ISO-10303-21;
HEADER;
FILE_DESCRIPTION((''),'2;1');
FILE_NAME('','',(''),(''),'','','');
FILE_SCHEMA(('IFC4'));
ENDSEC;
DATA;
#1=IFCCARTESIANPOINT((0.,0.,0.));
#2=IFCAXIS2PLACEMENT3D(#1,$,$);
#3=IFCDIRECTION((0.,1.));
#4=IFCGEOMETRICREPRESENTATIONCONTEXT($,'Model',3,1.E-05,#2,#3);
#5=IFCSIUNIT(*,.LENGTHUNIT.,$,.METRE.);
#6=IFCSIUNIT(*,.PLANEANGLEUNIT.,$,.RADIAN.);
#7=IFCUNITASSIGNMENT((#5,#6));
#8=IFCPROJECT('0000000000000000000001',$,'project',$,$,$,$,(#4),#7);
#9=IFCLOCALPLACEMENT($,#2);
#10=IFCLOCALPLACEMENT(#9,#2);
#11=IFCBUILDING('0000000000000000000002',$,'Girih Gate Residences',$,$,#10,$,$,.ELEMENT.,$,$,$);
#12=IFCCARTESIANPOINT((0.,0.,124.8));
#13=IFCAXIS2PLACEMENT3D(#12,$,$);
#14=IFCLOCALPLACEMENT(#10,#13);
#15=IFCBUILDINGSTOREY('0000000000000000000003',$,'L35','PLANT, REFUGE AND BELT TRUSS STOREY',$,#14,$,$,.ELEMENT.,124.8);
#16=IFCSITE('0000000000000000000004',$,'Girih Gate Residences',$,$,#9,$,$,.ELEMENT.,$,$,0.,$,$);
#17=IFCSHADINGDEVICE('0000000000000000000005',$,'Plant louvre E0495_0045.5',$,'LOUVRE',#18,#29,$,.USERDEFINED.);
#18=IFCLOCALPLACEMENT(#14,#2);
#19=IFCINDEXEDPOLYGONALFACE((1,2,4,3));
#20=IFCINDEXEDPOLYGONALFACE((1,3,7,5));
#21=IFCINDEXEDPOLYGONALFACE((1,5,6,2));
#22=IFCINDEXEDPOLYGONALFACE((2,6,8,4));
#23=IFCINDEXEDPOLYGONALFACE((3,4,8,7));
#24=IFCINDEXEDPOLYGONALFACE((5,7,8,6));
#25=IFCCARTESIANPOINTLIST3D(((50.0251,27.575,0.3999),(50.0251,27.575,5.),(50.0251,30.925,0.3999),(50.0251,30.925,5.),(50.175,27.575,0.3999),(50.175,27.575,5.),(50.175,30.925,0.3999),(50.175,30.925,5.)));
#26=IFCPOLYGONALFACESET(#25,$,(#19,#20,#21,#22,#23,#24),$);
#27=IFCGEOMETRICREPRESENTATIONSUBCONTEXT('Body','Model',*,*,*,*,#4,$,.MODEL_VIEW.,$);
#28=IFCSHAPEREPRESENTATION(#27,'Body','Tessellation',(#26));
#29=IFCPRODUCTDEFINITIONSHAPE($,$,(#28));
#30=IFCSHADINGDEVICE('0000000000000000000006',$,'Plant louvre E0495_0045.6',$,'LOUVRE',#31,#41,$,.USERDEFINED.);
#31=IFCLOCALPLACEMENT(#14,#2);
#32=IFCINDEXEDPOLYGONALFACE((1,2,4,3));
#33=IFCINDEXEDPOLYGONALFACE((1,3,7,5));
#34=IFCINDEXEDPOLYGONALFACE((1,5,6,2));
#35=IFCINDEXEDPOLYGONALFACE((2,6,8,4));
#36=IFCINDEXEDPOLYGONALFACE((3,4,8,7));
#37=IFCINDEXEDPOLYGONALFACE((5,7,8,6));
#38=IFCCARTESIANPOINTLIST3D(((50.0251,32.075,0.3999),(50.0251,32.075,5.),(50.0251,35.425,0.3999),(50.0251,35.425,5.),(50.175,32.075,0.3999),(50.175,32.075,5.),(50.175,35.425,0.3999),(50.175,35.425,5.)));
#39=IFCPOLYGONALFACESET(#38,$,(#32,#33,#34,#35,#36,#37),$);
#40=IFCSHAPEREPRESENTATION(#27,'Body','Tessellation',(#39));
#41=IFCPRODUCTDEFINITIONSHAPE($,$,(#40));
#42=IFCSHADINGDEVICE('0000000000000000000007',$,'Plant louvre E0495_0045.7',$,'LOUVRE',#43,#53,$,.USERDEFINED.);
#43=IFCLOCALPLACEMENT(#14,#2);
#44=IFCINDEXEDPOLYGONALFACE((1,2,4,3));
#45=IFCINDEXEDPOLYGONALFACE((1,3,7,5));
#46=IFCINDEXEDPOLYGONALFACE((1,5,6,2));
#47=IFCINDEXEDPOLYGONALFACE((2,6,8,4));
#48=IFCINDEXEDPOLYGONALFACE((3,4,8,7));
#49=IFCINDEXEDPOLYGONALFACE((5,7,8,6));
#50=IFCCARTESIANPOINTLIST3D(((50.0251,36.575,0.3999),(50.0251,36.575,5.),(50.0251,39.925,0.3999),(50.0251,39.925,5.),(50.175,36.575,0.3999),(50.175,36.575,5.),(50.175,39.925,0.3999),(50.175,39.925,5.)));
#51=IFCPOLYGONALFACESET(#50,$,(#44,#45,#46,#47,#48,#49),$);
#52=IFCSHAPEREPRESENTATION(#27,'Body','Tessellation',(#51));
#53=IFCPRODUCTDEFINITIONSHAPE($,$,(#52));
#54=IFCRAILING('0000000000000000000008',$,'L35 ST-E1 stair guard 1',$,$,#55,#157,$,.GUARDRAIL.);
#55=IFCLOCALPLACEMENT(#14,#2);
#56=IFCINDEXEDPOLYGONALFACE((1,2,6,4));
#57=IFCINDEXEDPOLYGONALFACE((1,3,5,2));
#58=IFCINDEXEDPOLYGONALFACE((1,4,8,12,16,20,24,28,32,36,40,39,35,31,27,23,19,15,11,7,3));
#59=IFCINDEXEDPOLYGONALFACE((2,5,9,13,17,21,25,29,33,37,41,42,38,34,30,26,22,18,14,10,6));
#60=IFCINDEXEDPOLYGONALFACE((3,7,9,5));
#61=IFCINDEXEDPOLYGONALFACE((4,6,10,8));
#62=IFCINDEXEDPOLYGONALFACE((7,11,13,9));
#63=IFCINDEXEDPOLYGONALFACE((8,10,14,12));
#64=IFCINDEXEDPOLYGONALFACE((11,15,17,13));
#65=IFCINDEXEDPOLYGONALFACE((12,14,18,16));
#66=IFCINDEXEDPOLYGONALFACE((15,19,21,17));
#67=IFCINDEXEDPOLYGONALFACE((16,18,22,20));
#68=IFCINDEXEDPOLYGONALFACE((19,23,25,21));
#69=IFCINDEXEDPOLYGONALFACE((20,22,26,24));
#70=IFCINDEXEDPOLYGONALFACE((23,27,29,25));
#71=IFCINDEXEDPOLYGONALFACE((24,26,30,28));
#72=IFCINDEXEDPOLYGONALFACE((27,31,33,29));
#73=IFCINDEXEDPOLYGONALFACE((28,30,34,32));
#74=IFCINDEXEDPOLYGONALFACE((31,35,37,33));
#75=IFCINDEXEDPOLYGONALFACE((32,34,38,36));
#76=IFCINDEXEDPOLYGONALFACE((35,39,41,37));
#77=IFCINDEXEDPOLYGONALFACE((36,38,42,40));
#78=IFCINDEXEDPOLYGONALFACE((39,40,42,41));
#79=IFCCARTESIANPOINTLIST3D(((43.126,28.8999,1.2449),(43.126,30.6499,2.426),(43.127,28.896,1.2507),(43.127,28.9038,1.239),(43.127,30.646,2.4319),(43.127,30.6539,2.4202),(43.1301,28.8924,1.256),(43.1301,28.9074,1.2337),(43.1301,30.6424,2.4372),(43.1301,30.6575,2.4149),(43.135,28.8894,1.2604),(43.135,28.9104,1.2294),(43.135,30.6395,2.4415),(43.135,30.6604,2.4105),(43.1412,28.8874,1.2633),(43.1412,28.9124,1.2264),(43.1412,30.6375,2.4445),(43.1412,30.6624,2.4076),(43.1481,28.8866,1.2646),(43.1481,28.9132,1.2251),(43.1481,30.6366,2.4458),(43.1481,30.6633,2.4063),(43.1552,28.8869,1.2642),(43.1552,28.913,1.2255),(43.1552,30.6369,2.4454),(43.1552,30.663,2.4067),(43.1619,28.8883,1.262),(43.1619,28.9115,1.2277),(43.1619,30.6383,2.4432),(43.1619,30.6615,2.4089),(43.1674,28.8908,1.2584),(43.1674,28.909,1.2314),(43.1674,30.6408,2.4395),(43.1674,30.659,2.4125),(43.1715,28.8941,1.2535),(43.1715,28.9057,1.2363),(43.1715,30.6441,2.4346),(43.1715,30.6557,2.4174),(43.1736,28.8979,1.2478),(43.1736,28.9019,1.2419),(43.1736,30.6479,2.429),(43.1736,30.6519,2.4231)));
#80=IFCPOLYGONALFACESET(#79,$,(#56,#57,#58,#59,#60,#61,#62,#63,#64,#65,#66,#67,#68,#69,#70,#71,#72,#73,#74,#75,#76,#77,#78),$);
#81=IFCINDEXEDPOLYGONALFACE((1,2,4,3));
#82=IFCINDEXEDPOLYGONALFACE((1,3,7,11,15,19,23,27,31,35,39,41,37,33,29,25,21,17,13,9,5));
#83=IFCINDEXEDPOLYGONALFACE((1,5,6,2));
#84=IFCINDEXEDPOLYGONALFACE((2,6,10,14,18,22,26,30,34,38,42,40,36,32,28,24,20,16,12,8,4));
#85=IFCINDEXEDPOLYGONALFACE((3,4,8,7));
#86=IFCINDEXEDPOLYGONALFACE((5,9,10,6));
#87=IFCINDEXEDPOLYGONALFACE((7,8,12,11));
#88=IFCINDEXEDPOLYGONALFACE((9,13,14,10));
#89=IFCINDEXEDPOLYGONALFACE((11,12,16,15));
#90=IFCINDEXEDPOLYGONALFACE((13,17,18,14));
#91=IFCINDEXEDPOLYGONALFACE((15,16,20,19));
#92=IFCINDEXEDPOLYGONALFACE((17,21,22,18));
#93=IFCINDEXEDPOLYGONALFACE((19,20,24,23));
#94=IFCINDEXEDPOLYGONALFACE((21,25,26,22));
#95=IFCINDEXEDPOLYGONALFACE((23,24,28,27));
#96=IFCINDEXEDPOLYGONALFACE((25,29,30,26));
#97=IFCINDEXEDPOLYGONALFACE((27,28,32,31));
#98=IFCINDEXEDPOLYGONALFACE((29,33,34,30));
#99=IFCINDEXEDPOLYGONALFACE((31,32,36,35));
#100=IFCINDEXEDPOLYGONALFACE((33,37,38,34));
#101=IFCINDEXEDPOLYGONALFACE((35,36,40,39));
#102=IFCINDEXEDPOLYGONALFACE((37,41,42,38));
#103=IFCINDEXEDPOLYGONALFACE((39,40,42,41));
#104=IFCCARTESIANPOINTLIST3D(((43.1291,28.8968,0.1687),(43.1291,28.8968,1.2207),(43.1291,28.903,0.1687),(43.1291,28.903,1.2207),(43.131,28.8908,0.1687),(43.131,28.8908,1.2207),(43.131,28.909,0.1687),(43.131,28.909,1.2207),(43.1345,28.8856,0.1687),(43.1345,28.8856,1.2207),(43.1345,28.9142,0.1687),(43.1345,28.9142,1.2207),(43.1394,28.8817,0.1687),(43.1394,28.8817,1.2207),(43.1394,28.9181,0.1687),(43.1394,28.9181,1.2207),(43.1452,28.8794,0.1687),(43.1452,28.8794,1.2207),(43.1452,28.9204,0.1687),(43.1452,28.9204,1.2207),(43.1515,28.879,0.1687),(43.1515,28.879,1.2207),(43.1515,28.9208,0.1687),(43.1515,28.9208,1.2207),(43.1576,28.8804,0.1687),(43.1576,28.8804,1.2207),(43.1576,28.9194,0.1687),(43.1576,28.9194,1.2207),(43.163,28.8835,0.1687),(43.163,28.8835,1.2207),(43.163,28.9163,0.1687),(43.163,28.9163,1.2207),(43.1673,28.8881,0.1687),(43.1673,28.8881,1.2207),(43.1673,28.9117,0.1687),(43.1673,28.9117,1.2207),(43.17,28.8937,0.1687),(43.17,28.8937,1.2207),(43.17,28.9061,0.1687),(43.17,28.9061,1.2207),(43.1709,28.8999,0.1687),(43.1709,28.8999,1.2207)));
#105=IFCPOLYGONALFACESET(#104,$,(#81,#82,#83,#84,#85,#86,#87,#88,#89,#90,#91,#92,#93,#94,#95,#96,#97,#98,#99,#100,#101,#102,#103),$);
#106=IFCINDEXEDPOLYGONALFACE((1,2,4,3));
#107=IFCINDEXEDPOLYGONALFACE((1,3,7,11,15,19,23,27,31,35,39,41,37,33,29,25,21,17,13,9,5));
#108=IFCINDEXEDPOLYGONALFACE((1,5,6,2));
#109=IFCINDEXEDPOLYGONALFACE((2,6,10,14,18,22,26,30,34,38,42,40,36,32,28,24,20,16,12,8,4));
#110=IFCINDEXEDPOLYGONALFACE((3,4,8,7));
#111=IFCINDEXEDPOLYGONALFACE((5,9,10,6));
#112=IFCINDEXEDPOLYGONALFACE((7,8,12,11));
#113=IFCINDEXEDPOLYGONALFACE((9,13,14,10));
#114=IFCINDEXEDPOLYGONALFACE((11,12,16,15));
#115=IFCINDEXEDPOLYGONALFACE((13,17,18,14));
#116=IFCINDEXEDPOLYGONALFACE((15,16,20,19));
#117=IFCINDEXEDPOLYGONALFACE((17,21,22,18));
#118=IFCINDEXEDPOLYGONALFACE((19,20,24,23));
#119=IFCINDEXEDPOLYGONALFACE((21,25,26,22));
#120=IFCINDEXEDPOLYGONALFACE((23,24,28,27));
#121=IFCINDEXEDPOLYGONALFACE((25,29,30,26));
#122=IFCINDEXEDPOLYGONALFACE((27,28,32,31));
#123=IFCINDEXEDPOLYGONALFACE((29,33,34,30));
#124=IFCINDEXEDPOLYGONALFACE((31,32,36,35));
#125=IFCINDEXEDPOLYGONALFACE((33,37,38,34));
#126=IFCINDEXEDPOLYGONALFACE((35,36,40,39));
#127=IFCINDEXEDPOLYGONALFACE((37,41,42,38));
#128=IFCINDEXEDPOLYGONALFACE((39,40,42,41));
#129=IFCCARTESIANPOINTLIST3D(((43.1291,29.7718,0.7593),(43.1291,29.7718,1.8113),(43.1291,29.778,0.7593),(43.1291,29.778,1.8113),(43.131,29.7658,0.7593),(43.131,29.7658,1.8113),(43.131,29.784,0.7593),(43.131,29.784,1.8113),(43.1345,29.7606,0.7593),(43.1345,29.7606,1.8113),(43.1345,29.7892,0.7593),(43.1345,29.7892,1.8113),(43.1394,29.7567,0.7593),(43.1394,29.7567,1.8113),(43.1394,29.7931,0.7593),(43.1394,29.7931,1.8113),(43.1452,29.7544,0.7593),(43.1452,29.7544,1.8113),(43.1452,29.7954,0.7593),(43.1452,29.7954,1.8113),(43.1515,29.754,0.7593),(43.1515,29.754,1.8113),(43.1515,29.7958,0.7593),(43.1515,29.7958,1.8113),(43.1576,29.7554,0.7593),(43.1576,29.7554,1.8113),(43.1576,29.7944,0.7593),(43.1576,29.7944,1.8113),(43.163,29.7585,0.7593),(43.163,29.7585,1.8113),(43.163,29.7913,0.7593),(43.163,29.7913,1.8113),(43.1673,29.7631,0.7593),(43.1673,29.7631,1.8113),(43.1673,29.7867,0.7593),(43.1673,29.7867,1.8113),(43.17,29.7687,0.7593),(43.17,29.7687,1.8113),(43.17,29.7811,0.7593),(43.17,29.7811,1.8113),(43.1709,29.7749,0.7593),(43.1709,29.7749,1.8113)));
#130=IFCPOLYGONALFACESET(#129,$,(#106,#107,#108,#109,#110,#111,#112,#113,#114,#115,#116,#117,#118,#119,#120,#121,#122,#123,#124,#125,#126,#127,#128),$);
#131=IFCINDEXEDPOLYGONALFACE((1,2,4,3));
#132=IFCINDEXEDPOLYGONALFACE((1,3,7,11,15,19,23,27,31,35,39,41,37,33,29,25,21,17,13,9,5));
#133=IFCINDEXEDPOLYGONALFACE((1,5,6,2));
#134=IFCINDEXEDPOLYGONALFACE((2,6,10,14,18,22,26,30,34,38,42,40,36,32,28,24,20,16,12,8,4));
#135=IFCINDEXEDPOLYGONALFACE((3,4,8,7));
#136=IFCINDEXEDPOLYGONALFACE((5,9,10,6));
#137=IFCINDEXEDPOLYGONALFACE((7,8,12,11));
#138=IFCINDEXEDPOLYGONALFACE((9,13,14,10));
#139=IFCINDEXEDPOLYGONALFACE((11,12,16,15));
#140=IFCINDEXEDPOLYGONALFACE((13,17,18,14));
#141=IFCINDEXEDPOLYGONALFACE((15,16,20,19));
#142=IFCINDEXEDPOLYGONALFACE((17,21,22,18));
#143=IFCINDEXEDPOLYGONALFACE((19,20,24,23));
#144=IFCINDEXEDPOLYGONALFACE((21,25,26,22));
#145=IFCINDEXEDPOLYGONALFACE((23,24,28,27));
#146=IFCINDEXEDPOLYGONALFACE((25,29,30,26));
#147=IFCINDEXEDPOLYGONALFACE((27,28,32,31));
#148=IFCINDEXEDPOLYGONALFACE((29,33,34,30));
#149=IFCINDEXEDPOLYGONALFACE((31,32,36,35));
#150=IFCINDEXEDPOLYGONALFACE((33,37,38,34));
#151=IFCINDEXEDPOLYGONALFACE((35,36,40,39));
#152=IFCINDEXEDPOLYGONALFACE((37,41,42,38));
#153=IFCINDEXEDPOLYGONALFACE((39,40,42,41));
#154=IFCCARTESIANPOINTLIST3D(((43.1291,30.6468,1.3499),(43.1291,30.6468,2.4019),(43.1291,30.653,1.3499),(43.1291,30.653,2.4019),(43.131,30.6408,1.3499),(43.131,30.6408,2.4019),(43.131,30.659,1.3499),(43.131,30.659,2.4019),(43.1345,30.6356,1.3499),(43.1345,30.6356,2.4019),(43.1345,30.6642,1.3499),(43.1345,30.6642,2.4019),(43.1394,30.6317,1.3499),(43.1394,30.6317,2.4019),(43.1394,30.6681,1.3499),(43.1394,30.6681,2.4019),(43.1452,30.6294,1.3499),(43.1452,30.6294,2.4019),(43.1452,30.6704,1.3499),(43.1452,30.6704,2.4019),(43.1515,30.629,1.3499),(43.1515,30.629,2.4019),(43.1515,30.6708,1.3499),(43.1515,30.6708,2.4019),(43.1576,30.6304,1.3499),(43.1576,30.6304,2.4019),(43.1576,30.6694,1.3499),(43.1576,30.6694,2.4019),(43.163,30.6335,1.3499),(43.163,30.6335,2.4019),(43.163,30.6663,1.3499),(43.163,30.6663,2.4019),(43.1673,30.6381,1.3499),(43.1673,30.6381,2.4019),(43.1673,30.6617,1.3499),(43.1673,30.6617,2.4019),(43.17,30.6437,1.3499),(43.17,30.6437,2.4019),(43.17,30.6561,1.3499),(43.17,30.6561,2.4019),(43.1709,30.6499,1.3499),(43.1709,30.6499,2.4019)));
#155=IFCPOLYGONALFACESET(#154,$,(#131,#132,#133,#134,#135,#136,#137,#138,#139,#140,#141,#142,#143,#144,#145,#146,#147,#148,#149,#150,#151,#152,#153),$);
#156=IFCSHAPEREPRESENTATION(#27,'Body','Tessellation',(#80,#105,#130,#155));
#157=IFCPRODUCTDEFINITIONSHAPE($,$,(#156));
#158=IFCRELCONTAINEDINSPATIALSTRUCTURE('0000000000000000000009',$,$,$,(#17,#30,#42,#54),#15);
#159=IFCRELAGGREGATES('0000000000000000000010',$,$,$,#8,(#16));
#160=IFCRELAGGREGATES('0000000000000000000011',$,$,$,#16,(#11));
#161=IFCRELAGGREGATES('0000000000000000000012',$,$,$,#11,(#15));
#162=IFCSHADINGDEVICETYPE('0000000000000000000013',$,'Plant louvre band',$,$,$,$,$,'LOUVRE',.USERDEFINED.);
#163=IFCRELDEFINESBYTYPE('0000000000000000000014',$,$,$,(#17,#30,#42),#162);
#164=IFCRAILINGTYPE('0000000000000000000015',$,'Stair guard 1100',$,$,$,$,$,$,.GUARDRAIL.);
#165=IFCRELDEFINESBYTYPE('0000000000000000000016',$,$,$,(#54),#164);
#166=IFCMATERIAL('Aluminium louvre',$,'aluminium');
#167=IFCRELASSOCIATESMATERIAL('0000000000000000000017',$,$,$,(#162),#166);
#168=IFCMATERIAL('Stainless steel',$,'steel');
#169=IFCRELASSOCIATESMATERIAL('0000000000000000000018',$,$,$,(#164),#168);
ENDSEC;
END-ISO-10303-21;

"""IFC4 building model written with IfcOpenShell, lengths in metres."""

from ifc_helpers import new_model, si_unit, direction, frame, origin, origin_2d, place, context, subcontext, project, spatial, rectangle, circle, extrude, material, type_object, element, save


model = new_model("IFC4")

# Units and contexts
model_context = context("Model", 3, precision=1e-05, world=origin(), true_north=direction((0.0, 1.0)))
body_context = subcontext(model_context, "Body", "Model", "MODEL_VIEW")
ifc_project = project(units=[si_unit("LENGTHUNIT", "METRE"), si_unit("PLANEANGLEUNIT", "RADIAN")], contexts=[model_context])

# Site, building, storey
site_placement = place(None, origin())
site = spatial("IfcSite", under=ifc_project, at=site_placement, Name="Girih Gate Residences", CompositionType="ELEMENT", RefElevation=0.0)
building_placement = place(site_placement, origin())
building = spatial("IfcBuilding", under=site, at=building_placement, Name="Girih Gate Residences", CompositionType="ELEMENT")
storey_placement = place(building_placement, frame((0.0, 0.0, 124.8)))
storey = spatial("IfcBuildingStorey", under=building, at=storey_placement, Name="L35", Description="PLANT, REFUGE AND BELT TRUSS STOREY", CompositionType="ELEMENT", Elevation=124.8)

# Shading devices
ifc_material_1 = material(Name="Aluminium louvre", Category="aluminium")
shading_device_type = type_object("IfcShadingDeviceType", Name="Plant louvre band", ElementType="LOUVRE", PredefinedType="USERDEFINED", material=ifc_material_1)
for number, where, z_axis, x_axis, name in (
    (1, (50.1001, 29.25, 0.3999), (0.0, 0.0, 1.0), (0.0, 1.0, 0.0), "Plant louvre E0495_0045.5"),
    (2, (50.1001, 33.75, 0.3999), (0.0, 0.0, 1.0), (0.0, 1.0, 0.0), "Plant louvre E0495_0045.6"),
    (3, (50.1001, 38.25, 0.3999), (0.0, 0.0, 1.0), (0.0, 1.0, 0.0), "Plant louvre E0495_0045.7"),
):
    element("IfcShadingDevice", number, at=place(storey_placement, frame(where, z_axis=z_axis, x_axis=x_axis)), inside=storey, type_object=shading_device_type, Name=name, ObjectType="LOUVRE", PredefinedType="USERDEFINED", context=body_context, shape_type="SweptSolid", body=[
        extrude(rectangle(XDim=3.3501, YDim=0.1499, at=origin_2d()), origin(), (0.0, 0.0, 1.0), 4.6001),
    ])

# Railing
ifc_material_2 = material(Name="Stainless steel", Category="steel")
railing_type_1 = type_object("IfcRailingType", Name="Stair guard 1100", PredefinedType="GUARDRAIL", material=ifc_material_2)
railing_1_placement = place(storey_placement, frame((43.1499, 28.8999, 0.1687)))
element("IfcRailing", 4, at=railing_1_placement, inside=storey, type_object=railing_type_1, Name="L35 ST-E1 stair guard 1", PredefinedType="GUARDRAIL", context=body_context, shape_type="SweptSolid", body=[
    extrude(circle(Radius=0.0239, at=origin_2d()), frame((0.0, 0.0, 1.0762), z_axis=(0.0, 0.82887, 0.559441), x_axis=(-1.0, 0.0, 0.0)), (0.0, 0.0, 1.0), 2.1113),
    extrude(circle(Radius=0.021, at=origin_2d()), origin(), (0.0, 0.0, 1.0), 1.052),
    extrude(circle(Radius=0.021, at=origin_2d()), frame((0.0, 0.875, 0.5906)), (0.0, 0.0, 1.0), 1.052),
    extrude(circle(Radius=0.021, at=origin_2d()), frame((0.0, 1.75, 1.1812)), (0.0, 0.0, 1.0), 1.052),
])

save(model, "model.ifc")
